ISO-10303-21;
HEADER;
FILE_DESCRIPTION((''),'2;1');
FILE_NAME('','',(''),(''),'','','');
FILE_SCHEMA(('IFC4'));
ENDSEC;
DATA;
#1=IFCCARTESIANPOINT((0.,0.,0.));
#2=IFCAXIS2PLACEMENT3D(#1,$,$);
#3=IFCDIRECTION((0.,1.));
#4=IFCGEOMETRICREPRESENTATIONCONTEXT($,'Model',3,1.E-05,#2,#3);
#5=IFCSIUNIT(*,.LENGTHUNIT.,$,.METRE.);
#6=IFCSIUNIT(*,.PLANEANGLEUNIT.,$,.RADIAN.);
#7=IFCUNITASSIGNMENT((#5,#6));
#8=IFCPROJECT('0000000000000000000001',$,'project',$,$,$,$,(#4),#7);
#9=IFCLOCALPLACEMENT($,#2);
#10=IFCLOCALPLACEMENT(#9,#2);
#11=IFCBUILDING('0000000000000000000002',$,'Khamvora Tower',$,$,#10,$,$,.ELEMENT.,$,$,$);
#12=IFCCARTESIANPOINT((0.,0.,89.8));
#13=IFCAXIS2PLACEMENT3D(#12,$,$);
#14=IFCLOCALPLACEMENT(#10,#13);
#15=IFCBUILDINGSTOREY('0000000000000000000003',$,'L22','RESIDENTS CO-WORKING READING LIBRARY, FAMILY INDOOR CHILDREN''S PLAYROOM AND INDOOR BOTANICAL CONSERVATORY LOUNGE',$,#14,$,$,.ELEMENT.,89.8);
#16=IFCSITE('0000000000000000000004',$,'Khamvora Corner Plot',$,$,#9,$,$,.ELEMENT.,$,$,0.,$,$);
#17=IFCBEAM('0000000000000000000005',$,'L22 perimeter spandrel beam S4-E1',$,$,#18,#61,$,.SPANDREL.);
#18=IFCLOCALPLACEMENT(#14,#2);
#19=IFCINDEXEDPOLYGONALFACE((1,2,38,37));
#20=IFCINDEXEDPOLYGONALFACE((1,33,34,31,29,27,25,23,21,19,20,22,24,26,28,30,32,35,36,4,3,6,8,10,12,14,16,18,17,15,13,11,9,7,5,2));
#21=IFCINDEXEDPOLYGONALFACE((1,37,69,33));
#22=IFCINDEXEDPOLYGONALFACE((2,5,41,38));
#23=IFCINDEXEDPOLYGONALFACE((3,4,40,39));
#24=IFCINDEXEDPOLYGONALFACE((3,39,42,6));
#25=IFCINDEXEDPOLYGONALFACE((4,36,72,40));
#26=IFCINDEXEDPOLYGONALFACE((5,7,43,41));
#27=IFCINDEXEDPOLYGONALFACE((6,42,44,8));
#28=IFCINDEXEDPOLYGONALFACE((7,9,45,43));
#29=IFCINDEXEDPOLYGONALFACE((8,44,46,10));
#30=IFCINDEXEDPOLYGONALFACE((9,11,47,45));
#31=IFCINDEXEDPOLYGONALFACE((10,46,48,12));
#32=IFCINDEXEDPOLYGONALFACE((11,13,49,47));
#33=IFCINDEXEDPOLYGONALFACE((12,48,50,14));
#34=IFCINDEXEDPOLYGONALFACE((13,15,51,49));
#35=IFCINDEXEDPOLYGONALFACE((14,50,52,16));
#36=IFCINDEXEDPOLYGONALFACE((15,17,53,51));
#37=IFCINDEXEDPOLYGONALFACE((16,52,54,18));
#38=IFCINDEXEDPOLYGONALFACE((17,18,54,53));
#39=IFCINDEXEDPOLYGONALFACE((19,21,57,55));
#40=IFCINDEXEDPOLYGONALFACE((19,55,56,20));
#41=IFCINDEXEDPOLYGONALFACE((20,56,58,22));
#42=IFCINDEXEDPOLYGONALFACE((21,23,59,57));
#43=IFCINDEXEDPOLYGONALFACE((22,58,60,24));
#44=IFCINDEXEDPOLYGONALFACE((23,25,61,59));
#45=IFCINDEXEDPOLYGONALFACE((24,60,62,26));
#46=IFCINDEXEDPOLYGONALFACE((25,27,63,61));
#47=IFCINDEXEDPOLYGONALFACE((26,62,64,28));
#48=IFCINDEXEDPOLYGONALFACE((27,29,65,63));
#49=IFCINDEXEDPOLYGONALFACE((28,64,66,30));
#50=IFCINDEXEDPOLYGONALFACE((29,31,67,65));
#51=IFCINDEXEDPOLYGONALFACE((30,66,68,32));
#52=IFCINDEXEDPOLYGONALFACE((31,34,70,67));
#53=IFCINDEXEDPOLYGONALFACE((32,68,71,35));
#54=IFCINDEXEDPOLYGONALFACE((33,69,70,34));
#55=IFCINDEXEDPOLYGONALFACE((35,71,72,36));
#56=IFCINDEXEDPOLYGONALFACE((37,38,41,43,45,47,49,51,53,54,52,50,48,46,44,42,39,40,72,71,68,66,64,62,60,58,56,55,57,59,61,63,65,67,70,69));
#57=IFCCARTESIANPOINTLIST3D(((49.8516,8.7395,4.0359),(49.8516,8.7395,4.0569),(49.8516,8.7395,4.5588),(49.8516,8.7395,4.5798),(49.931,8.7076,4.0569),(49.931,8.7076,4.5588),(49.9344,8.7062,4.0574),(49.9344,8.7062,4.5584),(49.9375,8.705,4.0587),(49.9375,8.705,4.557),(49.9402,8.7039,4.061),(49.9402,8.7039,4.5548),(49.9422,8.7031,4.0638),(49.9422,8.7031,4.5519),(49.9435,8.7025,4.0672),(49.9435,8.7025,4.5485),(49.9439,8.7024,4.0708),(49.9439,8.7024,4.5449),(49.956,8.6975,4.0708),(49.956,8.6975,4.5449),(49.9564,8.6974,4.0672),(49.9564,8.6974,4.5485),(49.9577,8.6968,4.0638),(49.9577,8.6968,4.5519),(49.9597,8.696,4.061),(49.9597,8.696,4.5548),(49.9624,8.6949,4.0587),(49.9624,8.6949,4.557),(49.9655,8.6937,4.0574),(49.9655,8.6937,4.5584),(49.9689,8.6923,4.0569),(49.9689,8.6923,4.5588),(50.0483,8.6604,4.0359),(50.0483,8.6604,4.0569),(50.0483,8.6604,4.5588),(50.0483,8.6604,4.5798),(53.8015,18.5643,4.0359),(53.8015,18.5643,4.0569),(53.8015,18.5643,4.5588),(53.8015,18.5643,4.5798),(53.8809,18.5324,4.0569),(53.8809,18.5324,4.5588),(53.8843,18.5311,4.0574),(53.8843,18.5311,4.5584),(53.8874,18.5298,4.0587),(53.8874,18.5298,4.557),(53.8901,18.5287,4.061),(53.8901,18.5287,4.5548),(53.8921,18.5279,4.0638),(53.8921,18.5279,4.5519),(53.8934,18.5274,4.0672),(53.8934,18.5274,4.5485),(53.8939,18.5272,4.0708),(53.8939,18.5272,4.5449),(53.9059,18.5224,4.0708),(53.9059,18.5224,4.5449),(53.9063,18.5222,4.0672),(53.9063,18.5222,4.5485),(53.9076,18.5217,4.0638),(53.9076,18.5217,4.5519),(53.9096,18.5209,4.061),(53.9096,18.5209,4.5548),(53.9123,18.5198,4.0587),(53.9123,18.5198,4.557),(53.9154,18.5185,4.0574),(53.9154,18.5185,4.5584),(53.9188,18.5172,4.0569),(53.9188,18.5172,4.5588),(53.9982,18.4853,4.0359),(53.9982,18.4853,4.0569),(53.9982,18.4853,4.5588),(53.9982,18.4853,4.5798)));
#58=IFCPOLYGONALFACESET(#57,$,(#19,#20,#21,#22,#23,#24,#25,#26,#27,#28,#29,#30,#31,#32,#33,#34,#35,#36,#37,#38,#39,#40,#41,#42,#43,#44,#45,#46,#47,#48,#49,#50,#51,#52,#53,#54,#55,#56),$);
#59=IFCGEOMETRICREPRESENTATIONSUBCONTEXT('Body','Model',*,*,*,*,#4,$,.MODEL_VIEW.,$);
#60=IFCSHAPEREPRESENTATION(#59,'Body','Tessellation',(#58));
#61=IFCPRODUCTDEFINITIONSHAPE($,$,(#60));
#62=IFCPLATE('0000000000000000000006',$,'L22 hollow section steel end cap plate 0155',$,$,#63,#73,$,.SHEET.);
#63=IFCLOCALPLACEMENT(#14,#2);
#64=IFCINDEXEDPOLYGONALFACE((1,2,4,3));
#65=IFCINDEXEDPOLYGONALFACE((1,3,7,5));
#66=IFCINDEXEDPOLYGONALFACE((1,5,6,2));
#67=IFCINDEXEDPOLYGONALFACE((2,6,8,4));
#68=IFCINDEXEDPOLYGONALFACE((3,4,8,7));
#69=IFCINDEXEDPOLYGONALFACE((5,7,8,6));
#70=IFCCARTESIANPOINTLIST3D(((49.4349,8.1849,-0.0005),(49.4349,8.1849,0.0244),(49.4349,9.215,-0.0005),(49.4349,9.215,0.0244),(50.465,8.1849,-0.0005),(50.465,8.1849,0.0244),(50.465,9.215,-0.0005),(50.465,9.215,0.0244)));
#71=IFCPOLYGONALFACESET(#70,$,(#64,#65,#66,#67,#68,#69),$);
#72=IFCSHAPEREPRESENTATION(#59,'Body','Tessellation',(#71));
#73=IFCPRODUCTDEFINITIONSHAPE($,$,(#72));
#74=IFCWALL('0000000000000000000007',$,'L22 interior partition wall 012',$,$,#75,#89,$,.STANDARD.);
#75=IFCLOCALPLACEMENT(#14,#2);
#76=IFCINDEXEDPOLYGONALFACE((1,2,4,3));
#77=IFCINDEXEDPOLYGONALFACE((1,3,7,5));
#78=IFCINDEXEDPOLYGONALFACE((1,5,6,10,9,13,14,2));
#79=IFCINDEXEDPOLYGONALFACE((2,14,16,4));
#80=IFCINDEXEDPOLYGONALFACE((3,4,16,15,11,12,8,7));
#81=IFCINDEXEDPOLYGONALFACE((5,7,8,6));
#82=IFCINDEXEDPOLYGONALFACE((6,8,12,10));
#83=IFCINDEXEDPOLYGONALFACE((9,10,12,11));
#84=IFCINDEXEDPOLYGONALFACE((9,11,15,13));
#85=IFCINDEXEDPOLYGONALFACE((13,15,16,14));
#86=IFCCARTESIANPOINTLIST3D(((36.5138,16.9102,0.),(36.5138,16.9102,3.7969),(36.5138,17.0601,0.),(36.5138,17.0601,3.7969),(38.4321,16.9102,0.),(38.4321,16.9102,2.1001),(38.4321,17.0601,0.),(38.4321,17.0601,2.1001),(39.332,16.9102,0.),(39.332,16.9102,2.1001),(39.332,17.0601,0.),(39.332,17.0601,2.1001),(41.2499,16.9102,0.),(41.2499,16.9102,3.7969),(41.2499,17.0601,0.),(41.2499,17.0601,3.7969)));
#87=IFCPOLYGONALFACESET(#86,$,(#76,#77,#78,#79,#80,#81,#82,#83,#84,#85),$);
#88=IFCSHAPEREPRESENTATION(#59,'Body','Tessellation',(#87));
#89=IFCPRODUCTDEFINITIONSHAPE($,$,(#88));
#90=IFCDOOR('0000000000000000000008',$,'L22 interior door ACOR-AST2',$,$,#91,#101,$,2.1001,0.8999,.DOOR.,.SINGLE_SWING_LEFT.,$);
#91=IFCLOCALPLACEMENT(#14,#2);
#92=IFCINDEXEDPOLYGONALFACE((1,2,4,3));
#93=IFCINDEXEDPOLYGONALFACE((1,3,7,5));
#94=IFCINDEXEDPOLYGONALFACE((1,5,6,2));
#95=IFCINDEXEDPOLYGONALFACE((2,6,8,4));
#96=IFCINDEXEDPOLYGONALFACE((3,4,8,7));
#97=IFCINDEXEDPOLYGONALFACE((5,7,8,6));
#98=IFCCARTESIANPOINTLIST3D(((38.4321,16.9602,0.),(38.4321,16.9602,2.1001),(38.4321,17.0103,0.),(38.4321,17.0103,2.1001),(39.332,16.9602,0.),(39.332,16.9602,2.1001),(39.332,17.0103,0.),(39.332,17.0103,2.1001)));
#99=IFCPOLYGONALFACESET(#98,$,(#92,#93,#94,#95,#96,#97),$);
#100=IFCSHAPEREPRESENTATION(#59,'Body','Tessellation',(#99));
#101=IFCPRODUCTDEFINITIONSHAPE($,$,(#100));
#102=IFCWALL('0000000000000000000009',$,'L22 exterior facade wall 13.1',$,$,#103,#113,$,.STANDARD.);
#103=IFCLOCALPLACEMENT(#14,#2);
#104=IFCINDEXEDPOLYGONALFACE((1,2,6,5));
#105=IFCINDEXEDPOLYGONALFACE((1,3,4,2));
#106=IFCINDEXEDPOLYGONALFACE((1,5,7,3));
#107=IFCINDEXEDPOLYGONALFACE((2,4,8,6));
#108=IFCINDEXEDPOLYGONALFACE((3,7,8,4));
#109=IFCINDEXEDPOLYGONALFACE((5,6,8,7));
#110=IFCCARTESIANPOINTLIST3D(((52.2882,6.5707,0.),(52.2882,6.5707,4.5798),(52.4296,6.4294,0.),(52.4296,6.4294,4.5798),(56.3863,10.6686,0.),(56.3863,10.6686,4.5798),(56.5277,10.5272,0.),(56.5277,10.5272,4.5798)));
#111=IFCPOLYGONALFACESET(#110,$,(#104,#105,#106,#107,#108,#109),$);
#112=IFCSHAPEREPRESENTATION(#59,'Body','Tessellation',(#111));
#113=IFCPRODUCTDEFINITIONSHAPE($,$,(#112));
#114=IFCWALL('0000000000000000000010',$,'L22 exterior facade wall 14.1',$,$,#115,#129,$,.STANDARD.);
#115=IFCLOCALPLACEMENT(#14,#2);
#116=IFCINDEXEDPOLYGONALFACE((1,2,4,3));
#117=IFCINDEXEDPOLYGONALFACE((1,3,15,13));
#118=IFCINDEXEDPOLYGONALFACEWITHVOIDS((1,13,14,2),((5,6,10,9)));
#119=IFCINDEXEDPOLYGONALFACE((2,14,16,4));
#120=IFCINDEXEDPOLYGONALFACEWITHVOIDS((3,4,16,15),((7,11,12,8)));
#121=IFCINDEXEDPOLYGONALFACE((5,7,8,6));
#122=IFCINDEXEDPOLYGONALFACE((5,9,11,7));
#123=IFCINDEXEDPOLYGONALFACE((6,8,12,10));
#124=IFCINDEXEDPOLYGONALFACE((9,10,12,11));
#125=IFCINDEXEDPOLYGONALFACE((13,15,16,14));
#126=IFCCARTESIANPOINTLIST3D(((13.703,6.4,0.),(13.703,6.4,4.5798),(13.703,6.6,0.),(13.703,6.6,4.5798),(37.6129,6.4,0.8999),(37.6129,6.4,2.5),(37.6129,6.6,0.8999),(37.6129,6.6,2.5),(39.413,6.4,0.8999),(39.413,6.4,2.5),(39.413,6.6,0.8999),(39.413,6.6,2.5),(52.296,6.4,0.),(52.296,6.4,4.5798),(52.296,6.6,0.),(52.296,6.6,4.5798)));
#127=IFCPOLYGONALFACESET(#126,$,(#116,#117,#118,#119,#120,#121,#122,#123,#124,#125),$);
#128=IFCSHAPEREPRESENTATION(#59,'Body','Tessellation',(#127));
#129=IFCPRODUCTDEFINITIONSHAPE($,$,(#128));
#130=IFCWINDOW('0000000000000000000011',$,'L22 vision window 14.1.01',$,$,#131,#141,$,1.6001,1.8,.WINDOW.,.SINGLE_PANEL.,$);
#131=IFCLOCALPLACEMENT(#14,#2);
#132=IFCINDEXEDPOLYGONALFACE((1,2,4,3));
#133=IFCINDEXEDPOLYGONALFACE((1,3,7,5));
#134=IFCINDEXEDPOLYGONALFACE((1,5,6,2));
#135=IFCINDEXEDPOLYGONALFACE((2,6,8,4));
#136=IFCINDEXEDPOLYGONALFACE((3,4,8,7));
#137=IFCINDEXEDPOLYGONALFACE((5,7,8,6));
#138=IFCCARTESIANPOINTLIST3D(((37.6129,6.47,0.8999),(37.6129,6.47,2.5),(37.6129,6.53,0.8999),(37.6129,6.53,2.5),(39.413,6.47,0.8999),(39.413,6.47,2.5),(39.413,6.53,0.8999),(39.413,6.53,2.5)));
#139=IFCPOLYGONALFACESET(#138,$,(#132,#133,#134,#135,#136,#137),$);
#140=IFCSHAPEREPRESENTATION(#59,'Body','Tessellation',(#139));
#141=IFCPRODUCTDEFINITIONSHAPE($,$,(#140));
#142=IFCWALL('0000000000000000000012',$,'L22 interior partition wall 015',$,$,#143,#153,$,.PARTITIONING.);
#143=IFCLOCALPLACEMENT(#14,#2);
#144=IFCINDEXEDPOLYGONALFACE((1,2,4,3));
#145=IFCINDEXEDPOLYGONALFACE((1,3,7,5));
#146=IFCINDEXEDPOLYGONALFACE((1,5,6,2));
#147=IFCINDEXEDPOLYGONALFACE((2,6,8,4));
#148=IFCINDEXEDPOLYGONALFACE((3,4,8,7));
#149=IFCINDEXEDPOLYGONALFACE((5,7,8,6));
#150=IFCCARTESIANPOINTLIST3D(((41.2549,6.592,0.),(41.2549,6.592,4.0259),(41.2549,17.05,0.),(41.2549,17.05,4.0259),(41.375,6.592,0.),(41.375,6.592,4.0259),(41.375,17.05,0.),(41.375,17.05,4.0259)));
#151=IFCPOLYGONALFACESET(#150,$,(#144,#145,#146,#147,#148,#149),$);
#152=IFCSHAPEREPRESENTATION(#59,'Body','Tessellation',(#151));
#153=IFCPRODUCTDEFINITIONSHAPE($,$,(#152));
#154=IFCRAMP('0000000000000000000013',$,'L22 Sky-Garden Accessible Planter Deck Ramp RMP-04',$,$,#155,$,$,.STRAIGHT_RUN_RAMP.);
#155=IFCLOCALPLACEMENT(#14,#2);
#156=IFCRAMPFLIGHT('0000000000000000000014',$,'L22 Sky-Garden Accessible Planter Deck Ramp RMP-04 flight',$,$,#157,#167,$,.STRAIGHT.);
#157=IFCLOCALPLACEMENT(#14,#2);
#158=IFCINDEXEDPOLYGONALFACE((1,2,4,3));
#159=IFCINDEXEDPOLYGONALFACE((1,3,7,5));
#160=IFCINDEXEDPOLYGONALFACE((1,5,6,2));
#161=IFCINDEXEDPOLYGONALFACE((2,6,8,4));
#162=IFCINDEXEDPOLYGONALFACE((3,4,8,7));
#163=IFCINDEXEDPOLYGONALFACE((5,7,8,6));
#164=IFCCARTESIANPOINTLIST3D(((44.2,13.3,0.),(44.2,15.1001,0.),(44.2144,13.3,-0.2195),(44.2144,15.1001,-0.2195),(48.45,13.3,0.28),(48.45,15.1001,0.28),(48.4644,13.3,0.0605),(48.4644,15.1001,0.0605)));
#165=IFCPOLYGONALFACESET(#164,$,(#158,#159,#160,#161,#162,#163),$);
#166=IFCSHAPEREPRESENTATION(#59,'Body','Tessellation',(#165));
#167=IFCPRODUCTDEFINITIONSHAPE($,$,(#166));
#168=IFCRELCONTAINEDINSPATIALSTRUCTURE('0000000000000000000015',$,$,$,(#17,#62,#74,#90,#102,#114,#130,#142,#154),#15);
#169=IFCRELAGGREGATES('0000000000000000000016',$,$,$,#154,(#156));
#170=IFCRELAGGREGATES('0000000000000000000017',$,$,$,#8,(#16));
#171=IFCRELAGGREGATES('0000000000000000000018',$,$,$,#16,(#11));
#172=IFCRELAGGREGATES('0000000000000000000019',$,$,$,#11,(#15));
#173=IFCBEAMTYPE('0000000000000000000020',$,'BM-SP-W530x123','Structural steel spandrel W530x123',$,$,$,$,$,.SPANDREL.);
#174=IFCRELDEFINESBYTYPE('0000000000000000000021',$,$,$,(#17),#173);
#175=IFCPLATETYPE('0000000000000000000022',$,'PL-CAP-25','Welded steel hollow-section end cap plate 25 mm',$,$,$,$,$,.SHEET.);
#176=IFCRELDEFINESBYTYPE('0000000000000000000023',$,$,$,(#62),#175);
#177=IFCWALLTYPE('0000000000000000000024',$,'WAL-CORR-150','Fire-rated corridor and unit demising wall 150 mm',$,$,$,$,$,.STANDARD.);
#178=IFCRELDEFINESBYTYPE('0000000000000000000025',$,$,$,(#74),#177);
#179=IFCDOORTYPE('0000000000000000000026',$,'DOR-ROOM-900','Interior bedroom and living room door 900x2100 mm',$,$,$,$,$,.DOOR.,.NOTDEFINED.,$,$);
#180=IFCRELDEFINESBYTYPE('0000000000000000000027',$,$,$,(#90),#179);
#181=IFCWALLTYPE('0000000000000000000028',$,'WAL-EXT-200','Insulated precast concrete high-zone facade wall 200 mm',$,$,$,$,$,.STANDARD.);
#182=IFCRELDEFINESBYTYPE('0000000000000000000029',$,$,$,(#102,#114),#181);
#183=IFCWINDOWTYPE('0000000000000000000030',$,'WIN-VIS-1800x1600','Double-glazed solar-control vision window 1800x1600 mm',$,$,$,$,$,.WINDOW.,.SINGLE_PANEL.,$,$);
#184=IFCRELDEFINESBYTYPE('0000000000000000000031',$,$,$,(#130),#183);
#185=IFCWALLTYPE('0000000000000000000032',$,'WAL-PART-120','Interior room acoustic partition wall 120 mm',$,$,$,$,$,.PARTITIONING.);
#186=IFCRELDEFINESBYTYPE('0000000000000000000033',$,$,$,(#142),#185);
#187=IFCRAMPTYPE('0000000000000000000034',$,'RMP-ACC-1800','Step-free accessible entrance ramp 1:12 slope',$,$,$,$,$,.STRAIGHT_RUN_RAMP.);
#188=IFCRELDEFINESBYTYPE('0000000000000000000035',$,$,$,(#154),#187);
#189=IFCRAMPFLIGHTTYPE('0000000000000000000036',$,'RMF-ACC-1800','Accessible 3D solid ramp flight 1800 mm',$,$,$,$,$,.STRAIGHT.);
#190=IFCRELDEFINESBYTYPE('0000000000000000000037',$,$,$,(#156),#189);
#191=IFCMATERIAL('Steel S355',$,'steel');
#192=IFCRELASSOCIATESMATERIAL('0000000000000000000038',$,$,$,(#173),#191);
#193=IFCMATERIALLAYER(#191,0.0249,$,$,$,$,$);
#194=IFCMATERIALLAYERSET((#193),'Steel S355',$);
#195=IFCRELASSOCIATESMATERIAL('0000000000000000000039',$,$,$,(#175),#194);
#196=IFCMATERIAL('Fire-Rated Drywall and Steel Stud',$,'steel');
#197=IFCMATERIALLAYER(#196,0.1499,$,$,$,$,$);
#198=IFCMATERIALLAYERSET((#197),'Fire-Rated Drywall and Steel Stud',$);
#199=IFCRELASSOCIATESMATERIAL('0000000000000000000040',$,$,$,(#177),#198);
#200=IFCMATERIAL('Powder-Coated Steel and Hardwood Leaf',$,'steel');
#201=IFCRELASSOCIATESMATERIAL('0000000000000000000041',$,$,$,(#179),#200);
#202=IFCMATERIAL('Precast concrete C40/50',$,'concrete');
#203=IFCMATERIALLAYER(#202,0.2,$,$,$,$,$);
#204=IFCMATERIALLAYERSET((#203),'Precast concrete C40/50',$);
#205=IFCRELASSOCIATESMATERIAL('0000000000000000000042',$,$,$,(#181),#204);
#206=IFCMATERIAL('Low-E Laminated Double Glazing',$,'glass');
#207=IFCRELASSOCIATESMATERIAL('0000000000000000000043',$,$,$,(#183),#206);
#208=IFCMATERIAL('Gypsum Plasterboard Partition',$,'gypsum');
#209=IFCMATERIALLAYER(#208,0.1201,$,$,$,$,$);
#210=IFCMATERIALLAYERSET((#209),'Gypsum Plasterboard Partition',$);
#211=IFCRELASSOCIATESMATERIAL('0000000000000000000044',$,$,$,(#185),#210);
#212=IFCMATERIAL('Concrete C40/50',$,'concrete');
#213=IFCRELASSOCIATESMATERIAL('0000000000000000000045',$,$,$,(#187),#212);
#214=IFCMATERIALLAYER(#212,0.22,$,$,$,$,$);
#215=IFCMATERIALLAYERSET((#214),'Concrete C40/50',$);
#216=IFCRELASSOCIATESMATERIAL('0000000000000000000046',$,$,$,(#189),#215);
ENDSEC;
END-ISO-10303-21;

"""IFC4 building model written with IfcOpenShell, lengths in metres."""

from ifc_helpers import new_model, si_unit, direction, frame, frame_2d, origin, origin_2d, place, context, subcontext, project, spatial, polyline, rectangle, i_section, outline, extrude, material, layer, layer_set, material_profile, profile_set, type_object, element, fill, aggregate, save


model = new_model("IFC4")

# Units and contexts
model_context = context("Model", 3, precision=1e-05, world=origin(), true_north=direction((0.0, 1.0)))
body_context = subcontext(model_context, "Body", "Model", "MODEL_VIEW")
ifc_project = project(units=[si_unit("LENGTHUNIT", "METRE"), si_unit("PLANEANGLEUNIT", "RADIAN")], contexts=[model_context])

# Site, building, storey
site_placement = place(None, origin())
site = spatial("IfcSite", under=ifc_project, at=site_placement, Name="Khamvora Corner Plot", CompositionType="ELEMENT", RefElevation=0.0)
building_placement = place(site_placement, origin())
building = spatial("IfcBuilding", under=site, at=building_placement, Name="Khamvora Tower", CompositionType="ELEMENT")
storey_placement = place(building_placement, frame((0.0, 0.0, 89.8)))
storey = spatial("IfcBuildingStorey", under=building, at=storey_placement, Name="L22", Description="RESIDENTS CO-WORKING READING LIBRARY, FAMILY INDOOR CHILDREN'S PLAYROOM AND INDOOR BOTANICAL CONSERVATORY LOUNGE", CompositionType="ELEMENT", Elevation=89.8)

# Shared definitions
ifc_material_1 = material(Name="Steel S355", Category="steel")

# Beam
ifc_material_profile_1 = material_profile(ifc_material_1, i_section(OverallWidth=0.2119, OverallDepth=0.5439, WebThickness=0.0129, FlangeThickness=0.021, FilletRadius=0.0139, at=origin_2d()), Name="W530x123")
ifc_profile_set_1 = profile_set([ifc_material_profile_1], Name="Steel S355")
beam_type_1 = type_object("IfcBeamType", Name="BM-SP-W530x123", Description="Structural steel spandrel W530x123", PredefinedType="SPANDREL", material=ifc_profile_set_1)
beam_1_placement = place(storey_placement, frame((49.95, 8.7, 4.3079), z_axis=(0.373016, 0.927825, 0.0), x_axis=(-0.927825, 0.373016, 0.0)))
element("IfcBeam", 1, at=beam_1_placement, inside=storey, type_object=beam_type_1, Name="L22 perimeter spandrel beam S4-E1", PredefinedType="SPANDREL", context=body_context, shape_type="SweptSolid", body=[
    extrude(i_section(OverallWidth=0.2119, OverallDepth=0.5439, WebThickness=0.0129, FlangeThickness=0.021, FilletRadius=0.0139, at=origin_2d()), origin(), (0.0, 0.0, 1.0), 10.5891),
])

# Plate
ifc_layer_1 = layer(ifc_material_1, 0.0249)
ifc_layer_set_1 = layer_set([ifc_layer_1], Name="Steel S355")
plate_type = type_object("IfcPlateType", Name="PL-CAP-25", Description="Welded steel hollow-section end cap plate 25 mm", PredefinedType="SHEET", material=ifc_layer_set_1)
plate_placement = place(storey_placement, frame((49.95, 8.7, -0.0005), z_axis=(0.0, 0.0, 1.0), x_axis=(1.0, 0.0, 0.0)))
element("IfcPlate", 2, at=plate_placement, inside=storey, type_object=plate_type, Name="L22 hollow section steel end cap plate 0155", PredefinedType="SHEET", context=body_context, shape_type="SweptSolid", body=[
    extrude(rectangle(XDim=1.03, YDim=1.03, at=origin_2d()), origin(), (0.0, 0.0, 1.0), 0.0249),
])

# Wall, opening, door
ifc_material_2 = material(Name="Fire-Rated Drywall and Steel Stud", Category="steel")
ifc_layer_2 = layer(ifc_material_2, 0.1499)
ifc_layer_set_2 = layer_set([ifc_layer_2], Name="Fire-Rated Drywall and Steel Stud")
wall_type_1 = type_object("IfcWallType", Name="WAL-CORR-150", Description="Fire-rated corridor and unit demising wall 150 mm", PredefinedType="STANDARD", material=ifc_layer_set_2)
wall_1_placement = place(storey_placement, frame((41.25, 16.9851, 0.0), z_axis=(0.0, 0.0, 1.0), x_axis=(-1.0, 0.0, 0.0)))
wall_1 = element("IfcWall", 3, at=wall_1_placement, inside=storey, type_object=wall_type_1, Name="L22 interior partition wall 012", PredefinedType="STANDARD", context=body_context, shape_type="SweptSolid", body=[
    extrude(rectangle(XDim=4.7361, YDim=0.1499, at=frame_2d((2.3682, 0.0))), origin(), (0.0, 0.0, 1.0), 3.7969),
])
opening_1_placement = place(wall_1_placement, frame((1.918, 0.0, 0.0)))
opening_1 = element("IfcOpeningElement", 4, at=opening_1_placement, cuts=wall_1, PredefinedType="OPENING", context=body_context, shape_type="SweptSolid", body=[
    extrude(rectangle(XDim=0.8999, YDim=2.1001, at=frame_2d((0.45, 1.05))), frame((0.0, 0.085, 0.0), z_axis=(0.0, -1.0, 0.0), x_axis=(1.0, 0.0, 0.0)), (0.0, 0.0, 1.0), 0.1699),
])
ifc_material_3 = material(Name="Powder-Coated Steel and Hardwood Leaf", Category="steel")
door_type = type_object("IfcDoorType", Name="DOR-ROOM-900", Description="Interior bedroom and living room door 900x2100 mm", OperationType="NOTDEFINED", PredefinedType="DOOR", material=ifc_material_3)
door_placement = place(opening_1_placement, origin())
door = element("IfcDoor", 5, at=door_placement, inside=storey, type_object=door_type, Name="L22 interior door ACOR-AST2", OperationType="SINGLE_SWING_LEFT", OverallHeight=2.1001, OverallWidth=0.8999, PredefinedType="DOOR", context=body_context, shape_type="SweptSolid", body=[
    extrude(rectangle(XDim=0.8999, YDim=2.1001, at=frame_2d((0.45, 1.05))), frame((0.0, 0.0249, 0.0), z_axis=(0.0, -1.0, 0.0), x_axis=(1.0, 0.0, 0.0)), (0.0, 0.0, 1.0), 0.05),
])
fill(opening_1, door)

# Wall
ifc_material_4 = material(Name="Precast concrete C40/50", Category="concrete")
ifc_layer_3 = layer(ifc_material_4, 0.2)
ifc_layer_set_3 = layer_set([ifc_layer_3], Name="Precast concrete C40/50")
wall_type_2 = type_object("IfcWallType", Name="WAL-EXT-200", Description="Insulated precast concrete high-zone facade wall 200 mm", PredefinedType="STANDARD", material=ifc_layer_set_3)
wall_2_placement = place(storey_placement, frame((56.457, 10.5979, 0.0), z_axis=(0.0, 0.0, 1.0), x_axis=(-0.707128, -0.707086, 0.0)))
element("IfcWall", 6, at=wall_2_placement, inside=storey, type_object=wall_type_2, Name="L22 exterior facade wall 13.1", PredefinedType="STANDARD", context=body_context, shape_type="SweptSolid", body=[
    extrude(rectangle(XDim=5.7954, YDim=0.2, at=frame_2d((2.8977, 0.0))), origin(), (0.0, 0.0, 1.0), 4.5798),
])

# Wall, opening, window
wall_3_placement = place(storey_placement, frame((52.2959, 6.5, 0.0), z_axis=(0.0, 0.0, 1.0), x_axis=(-1.0, 0.0, 0.0)))
wall_3 = element("IfcWall", 7, at=wall_3_placement, inside=storey, type_object=wall_type_2, Name="L22 exterior facade wall 14.1", PredefinedType="STANDARD", context=body_context, shape_type="SweptSolid", body=[
    extrude(rectangle(XDim=38.593, YDim=0.2, at=frame_2d((19.2964, 0.0))), origin(), (0.0, 0.0, 1.0), 4.5798),
])
opening_2_placement = place(wall_3_placement, frame((12.8831, 0.0, 0.8999)))
opening_2 = element("IfcOpeningElement", 8, at=opening_2_placement, cuts=wall_3, PredefinedType="OPENING", context=body_context, shape_type="SweptSolid", body=[
    extrude(rectangle(XDim=1.8, YDim=1.6001, at=frame_2d((0.8999, 0.8))), frame((0.0, 0.1099, 0.0), z_axis=(0.0, -1.0, 0.0), x_axis=(1.0, 0.0, 0.0)), (0.0, 0.0, 1.0), 0.22),
])
ifc_material_5 = material(Name="Low-E Laminated Double Glazing", Category="glass")
window_type = type_object("IfcWindowType", Name="WIN-VIS-1800x1600", Description="Double-glazed solar-control vision window 1800x1600 mm", PartitioningType="SINGLE_PANEL", PredefinedType="WINDOW", material=ifc_material_5)
window_placement = place(opening_2_placement, origin())
window = element("IfcWindow", 9, at=window_placement, inside=storey, type_object=window_type, Name="L22 vision window 14.1.01", OverallHeight=1.6001, OverallWidth=1.8, PartitioningType="SINGLE_PANEL", PredefinedType="WINDOW", context=body_context, shape_type="SweptSolid", body=[
    extrude(rectangle(XDim=1.8, YDim=1.6001, at=frame_2d((0.8999, 0.8))), frame((0.0, 0.03, 0.0), z_axis=(0.0, -1.0, 0.0), x_axis=(1.0, 0.0, 0.0)), (0.0, 0.0, 1.0), 0.0601),
])
fill(opening_2, window)

# Wall
ifc_material_6 = material(Name="Gypsum Plasterboard Partition", Category="gypsum")
ifc_layer_4 = layer(ifc_material_6, 0.1201)
ifc_layer_set_4 = layer_set([ifc_layer_4], Name="Gypsum Plasterboard Partition")
wall_type_3 = type_object("IfcWallType", Name="WAL-PART-120", Description="Interior room acoustic partition wall 120 mm", PredefinedType="PARTITIONING", material=ifc_layer_set_4)
wall_4_placement = place(storey_placement, frame((41.3149, 6.592, 0.0), z_axis=(0.0, 0.0, 1.0), x_axis=(0.0, 1.0, 0.0)))
element("IfcWall", 10, at=wall_4_placement, inside=storey, type_object=wall_type_3, Name="L22 interior partition wall 015", PredefinedType="PARTITIONING", context=body_context, shape_type="SweptSolid", body=[
    extrude(rectangle(XDim=10.458, YDim=0.1201, at=frame_2d((5.229, 0.0))), origin(), (0.0, 0.0, 1.0), 4.0259),
])

# Ramp, ramp flight
ifc_material_7 = material(Name="Concrete C40/50", Category="concrete")
ramp_type = type_object("IfcRampType", Name="RMP-ACC-1800", Description="Step-free accessible entrance ramp 1:12 slope", PredefinedType="STRAIGHT_RUN_RAMP", material=ifc_material_7)
ramp_placement = place(storey_placement, origin())
ramp = element("IfcRamp", 11, at=ramp_placement, inside=storey, type_object=ramp_type, Name="L22 Sky-Garden Accessible Planter Deck Ramp RMP-04", PredefinedType="STRAIGHT_RUN_RAMP")
ifc_layer_5 = layer(ifc_material_7, 0.22)
ifc_layer_set_5 = layer_set([ifc_layer_5], Name="Concrete C40/50")
ramp_flight_type = type_object("IfcRampFlightType", Name="RMF-ACC-1800", Description="Accessible 3D solid ramp flight 1800 mm", PredefinedType="STRAIGHT", material=ifc_layer_set_5)
ramp_flight_placement = place(storey_placement, frame((44.2, 13.3, 0.0), z_axis=(-0.065747, 0.0, 0.997836), x_axis=(0.997836, 0.0, 0.065747)))
ramp_flight = element("IfcRampFlight", 12, at=ramp_flight_placement, type_object=ramp_flight_type, Name="L22 Sky-Garden Accessible Planter Deck Ramp RMP-04 flight", PredefinedType="STRAIGHT", context=body_context, shape_type="SweptSolid", body=[
    extrude(outline(polyline([(0.0, 0.0), (4.2592, 0.0), (4.2592, 1.8), (0.0, 1.8), (0.0, 0.0)])), origin(), (0.0, 0.0, -1.0), 0.22),
])
aggregate(ramp, [ramp_flight])

save(model, "model.ifc")
